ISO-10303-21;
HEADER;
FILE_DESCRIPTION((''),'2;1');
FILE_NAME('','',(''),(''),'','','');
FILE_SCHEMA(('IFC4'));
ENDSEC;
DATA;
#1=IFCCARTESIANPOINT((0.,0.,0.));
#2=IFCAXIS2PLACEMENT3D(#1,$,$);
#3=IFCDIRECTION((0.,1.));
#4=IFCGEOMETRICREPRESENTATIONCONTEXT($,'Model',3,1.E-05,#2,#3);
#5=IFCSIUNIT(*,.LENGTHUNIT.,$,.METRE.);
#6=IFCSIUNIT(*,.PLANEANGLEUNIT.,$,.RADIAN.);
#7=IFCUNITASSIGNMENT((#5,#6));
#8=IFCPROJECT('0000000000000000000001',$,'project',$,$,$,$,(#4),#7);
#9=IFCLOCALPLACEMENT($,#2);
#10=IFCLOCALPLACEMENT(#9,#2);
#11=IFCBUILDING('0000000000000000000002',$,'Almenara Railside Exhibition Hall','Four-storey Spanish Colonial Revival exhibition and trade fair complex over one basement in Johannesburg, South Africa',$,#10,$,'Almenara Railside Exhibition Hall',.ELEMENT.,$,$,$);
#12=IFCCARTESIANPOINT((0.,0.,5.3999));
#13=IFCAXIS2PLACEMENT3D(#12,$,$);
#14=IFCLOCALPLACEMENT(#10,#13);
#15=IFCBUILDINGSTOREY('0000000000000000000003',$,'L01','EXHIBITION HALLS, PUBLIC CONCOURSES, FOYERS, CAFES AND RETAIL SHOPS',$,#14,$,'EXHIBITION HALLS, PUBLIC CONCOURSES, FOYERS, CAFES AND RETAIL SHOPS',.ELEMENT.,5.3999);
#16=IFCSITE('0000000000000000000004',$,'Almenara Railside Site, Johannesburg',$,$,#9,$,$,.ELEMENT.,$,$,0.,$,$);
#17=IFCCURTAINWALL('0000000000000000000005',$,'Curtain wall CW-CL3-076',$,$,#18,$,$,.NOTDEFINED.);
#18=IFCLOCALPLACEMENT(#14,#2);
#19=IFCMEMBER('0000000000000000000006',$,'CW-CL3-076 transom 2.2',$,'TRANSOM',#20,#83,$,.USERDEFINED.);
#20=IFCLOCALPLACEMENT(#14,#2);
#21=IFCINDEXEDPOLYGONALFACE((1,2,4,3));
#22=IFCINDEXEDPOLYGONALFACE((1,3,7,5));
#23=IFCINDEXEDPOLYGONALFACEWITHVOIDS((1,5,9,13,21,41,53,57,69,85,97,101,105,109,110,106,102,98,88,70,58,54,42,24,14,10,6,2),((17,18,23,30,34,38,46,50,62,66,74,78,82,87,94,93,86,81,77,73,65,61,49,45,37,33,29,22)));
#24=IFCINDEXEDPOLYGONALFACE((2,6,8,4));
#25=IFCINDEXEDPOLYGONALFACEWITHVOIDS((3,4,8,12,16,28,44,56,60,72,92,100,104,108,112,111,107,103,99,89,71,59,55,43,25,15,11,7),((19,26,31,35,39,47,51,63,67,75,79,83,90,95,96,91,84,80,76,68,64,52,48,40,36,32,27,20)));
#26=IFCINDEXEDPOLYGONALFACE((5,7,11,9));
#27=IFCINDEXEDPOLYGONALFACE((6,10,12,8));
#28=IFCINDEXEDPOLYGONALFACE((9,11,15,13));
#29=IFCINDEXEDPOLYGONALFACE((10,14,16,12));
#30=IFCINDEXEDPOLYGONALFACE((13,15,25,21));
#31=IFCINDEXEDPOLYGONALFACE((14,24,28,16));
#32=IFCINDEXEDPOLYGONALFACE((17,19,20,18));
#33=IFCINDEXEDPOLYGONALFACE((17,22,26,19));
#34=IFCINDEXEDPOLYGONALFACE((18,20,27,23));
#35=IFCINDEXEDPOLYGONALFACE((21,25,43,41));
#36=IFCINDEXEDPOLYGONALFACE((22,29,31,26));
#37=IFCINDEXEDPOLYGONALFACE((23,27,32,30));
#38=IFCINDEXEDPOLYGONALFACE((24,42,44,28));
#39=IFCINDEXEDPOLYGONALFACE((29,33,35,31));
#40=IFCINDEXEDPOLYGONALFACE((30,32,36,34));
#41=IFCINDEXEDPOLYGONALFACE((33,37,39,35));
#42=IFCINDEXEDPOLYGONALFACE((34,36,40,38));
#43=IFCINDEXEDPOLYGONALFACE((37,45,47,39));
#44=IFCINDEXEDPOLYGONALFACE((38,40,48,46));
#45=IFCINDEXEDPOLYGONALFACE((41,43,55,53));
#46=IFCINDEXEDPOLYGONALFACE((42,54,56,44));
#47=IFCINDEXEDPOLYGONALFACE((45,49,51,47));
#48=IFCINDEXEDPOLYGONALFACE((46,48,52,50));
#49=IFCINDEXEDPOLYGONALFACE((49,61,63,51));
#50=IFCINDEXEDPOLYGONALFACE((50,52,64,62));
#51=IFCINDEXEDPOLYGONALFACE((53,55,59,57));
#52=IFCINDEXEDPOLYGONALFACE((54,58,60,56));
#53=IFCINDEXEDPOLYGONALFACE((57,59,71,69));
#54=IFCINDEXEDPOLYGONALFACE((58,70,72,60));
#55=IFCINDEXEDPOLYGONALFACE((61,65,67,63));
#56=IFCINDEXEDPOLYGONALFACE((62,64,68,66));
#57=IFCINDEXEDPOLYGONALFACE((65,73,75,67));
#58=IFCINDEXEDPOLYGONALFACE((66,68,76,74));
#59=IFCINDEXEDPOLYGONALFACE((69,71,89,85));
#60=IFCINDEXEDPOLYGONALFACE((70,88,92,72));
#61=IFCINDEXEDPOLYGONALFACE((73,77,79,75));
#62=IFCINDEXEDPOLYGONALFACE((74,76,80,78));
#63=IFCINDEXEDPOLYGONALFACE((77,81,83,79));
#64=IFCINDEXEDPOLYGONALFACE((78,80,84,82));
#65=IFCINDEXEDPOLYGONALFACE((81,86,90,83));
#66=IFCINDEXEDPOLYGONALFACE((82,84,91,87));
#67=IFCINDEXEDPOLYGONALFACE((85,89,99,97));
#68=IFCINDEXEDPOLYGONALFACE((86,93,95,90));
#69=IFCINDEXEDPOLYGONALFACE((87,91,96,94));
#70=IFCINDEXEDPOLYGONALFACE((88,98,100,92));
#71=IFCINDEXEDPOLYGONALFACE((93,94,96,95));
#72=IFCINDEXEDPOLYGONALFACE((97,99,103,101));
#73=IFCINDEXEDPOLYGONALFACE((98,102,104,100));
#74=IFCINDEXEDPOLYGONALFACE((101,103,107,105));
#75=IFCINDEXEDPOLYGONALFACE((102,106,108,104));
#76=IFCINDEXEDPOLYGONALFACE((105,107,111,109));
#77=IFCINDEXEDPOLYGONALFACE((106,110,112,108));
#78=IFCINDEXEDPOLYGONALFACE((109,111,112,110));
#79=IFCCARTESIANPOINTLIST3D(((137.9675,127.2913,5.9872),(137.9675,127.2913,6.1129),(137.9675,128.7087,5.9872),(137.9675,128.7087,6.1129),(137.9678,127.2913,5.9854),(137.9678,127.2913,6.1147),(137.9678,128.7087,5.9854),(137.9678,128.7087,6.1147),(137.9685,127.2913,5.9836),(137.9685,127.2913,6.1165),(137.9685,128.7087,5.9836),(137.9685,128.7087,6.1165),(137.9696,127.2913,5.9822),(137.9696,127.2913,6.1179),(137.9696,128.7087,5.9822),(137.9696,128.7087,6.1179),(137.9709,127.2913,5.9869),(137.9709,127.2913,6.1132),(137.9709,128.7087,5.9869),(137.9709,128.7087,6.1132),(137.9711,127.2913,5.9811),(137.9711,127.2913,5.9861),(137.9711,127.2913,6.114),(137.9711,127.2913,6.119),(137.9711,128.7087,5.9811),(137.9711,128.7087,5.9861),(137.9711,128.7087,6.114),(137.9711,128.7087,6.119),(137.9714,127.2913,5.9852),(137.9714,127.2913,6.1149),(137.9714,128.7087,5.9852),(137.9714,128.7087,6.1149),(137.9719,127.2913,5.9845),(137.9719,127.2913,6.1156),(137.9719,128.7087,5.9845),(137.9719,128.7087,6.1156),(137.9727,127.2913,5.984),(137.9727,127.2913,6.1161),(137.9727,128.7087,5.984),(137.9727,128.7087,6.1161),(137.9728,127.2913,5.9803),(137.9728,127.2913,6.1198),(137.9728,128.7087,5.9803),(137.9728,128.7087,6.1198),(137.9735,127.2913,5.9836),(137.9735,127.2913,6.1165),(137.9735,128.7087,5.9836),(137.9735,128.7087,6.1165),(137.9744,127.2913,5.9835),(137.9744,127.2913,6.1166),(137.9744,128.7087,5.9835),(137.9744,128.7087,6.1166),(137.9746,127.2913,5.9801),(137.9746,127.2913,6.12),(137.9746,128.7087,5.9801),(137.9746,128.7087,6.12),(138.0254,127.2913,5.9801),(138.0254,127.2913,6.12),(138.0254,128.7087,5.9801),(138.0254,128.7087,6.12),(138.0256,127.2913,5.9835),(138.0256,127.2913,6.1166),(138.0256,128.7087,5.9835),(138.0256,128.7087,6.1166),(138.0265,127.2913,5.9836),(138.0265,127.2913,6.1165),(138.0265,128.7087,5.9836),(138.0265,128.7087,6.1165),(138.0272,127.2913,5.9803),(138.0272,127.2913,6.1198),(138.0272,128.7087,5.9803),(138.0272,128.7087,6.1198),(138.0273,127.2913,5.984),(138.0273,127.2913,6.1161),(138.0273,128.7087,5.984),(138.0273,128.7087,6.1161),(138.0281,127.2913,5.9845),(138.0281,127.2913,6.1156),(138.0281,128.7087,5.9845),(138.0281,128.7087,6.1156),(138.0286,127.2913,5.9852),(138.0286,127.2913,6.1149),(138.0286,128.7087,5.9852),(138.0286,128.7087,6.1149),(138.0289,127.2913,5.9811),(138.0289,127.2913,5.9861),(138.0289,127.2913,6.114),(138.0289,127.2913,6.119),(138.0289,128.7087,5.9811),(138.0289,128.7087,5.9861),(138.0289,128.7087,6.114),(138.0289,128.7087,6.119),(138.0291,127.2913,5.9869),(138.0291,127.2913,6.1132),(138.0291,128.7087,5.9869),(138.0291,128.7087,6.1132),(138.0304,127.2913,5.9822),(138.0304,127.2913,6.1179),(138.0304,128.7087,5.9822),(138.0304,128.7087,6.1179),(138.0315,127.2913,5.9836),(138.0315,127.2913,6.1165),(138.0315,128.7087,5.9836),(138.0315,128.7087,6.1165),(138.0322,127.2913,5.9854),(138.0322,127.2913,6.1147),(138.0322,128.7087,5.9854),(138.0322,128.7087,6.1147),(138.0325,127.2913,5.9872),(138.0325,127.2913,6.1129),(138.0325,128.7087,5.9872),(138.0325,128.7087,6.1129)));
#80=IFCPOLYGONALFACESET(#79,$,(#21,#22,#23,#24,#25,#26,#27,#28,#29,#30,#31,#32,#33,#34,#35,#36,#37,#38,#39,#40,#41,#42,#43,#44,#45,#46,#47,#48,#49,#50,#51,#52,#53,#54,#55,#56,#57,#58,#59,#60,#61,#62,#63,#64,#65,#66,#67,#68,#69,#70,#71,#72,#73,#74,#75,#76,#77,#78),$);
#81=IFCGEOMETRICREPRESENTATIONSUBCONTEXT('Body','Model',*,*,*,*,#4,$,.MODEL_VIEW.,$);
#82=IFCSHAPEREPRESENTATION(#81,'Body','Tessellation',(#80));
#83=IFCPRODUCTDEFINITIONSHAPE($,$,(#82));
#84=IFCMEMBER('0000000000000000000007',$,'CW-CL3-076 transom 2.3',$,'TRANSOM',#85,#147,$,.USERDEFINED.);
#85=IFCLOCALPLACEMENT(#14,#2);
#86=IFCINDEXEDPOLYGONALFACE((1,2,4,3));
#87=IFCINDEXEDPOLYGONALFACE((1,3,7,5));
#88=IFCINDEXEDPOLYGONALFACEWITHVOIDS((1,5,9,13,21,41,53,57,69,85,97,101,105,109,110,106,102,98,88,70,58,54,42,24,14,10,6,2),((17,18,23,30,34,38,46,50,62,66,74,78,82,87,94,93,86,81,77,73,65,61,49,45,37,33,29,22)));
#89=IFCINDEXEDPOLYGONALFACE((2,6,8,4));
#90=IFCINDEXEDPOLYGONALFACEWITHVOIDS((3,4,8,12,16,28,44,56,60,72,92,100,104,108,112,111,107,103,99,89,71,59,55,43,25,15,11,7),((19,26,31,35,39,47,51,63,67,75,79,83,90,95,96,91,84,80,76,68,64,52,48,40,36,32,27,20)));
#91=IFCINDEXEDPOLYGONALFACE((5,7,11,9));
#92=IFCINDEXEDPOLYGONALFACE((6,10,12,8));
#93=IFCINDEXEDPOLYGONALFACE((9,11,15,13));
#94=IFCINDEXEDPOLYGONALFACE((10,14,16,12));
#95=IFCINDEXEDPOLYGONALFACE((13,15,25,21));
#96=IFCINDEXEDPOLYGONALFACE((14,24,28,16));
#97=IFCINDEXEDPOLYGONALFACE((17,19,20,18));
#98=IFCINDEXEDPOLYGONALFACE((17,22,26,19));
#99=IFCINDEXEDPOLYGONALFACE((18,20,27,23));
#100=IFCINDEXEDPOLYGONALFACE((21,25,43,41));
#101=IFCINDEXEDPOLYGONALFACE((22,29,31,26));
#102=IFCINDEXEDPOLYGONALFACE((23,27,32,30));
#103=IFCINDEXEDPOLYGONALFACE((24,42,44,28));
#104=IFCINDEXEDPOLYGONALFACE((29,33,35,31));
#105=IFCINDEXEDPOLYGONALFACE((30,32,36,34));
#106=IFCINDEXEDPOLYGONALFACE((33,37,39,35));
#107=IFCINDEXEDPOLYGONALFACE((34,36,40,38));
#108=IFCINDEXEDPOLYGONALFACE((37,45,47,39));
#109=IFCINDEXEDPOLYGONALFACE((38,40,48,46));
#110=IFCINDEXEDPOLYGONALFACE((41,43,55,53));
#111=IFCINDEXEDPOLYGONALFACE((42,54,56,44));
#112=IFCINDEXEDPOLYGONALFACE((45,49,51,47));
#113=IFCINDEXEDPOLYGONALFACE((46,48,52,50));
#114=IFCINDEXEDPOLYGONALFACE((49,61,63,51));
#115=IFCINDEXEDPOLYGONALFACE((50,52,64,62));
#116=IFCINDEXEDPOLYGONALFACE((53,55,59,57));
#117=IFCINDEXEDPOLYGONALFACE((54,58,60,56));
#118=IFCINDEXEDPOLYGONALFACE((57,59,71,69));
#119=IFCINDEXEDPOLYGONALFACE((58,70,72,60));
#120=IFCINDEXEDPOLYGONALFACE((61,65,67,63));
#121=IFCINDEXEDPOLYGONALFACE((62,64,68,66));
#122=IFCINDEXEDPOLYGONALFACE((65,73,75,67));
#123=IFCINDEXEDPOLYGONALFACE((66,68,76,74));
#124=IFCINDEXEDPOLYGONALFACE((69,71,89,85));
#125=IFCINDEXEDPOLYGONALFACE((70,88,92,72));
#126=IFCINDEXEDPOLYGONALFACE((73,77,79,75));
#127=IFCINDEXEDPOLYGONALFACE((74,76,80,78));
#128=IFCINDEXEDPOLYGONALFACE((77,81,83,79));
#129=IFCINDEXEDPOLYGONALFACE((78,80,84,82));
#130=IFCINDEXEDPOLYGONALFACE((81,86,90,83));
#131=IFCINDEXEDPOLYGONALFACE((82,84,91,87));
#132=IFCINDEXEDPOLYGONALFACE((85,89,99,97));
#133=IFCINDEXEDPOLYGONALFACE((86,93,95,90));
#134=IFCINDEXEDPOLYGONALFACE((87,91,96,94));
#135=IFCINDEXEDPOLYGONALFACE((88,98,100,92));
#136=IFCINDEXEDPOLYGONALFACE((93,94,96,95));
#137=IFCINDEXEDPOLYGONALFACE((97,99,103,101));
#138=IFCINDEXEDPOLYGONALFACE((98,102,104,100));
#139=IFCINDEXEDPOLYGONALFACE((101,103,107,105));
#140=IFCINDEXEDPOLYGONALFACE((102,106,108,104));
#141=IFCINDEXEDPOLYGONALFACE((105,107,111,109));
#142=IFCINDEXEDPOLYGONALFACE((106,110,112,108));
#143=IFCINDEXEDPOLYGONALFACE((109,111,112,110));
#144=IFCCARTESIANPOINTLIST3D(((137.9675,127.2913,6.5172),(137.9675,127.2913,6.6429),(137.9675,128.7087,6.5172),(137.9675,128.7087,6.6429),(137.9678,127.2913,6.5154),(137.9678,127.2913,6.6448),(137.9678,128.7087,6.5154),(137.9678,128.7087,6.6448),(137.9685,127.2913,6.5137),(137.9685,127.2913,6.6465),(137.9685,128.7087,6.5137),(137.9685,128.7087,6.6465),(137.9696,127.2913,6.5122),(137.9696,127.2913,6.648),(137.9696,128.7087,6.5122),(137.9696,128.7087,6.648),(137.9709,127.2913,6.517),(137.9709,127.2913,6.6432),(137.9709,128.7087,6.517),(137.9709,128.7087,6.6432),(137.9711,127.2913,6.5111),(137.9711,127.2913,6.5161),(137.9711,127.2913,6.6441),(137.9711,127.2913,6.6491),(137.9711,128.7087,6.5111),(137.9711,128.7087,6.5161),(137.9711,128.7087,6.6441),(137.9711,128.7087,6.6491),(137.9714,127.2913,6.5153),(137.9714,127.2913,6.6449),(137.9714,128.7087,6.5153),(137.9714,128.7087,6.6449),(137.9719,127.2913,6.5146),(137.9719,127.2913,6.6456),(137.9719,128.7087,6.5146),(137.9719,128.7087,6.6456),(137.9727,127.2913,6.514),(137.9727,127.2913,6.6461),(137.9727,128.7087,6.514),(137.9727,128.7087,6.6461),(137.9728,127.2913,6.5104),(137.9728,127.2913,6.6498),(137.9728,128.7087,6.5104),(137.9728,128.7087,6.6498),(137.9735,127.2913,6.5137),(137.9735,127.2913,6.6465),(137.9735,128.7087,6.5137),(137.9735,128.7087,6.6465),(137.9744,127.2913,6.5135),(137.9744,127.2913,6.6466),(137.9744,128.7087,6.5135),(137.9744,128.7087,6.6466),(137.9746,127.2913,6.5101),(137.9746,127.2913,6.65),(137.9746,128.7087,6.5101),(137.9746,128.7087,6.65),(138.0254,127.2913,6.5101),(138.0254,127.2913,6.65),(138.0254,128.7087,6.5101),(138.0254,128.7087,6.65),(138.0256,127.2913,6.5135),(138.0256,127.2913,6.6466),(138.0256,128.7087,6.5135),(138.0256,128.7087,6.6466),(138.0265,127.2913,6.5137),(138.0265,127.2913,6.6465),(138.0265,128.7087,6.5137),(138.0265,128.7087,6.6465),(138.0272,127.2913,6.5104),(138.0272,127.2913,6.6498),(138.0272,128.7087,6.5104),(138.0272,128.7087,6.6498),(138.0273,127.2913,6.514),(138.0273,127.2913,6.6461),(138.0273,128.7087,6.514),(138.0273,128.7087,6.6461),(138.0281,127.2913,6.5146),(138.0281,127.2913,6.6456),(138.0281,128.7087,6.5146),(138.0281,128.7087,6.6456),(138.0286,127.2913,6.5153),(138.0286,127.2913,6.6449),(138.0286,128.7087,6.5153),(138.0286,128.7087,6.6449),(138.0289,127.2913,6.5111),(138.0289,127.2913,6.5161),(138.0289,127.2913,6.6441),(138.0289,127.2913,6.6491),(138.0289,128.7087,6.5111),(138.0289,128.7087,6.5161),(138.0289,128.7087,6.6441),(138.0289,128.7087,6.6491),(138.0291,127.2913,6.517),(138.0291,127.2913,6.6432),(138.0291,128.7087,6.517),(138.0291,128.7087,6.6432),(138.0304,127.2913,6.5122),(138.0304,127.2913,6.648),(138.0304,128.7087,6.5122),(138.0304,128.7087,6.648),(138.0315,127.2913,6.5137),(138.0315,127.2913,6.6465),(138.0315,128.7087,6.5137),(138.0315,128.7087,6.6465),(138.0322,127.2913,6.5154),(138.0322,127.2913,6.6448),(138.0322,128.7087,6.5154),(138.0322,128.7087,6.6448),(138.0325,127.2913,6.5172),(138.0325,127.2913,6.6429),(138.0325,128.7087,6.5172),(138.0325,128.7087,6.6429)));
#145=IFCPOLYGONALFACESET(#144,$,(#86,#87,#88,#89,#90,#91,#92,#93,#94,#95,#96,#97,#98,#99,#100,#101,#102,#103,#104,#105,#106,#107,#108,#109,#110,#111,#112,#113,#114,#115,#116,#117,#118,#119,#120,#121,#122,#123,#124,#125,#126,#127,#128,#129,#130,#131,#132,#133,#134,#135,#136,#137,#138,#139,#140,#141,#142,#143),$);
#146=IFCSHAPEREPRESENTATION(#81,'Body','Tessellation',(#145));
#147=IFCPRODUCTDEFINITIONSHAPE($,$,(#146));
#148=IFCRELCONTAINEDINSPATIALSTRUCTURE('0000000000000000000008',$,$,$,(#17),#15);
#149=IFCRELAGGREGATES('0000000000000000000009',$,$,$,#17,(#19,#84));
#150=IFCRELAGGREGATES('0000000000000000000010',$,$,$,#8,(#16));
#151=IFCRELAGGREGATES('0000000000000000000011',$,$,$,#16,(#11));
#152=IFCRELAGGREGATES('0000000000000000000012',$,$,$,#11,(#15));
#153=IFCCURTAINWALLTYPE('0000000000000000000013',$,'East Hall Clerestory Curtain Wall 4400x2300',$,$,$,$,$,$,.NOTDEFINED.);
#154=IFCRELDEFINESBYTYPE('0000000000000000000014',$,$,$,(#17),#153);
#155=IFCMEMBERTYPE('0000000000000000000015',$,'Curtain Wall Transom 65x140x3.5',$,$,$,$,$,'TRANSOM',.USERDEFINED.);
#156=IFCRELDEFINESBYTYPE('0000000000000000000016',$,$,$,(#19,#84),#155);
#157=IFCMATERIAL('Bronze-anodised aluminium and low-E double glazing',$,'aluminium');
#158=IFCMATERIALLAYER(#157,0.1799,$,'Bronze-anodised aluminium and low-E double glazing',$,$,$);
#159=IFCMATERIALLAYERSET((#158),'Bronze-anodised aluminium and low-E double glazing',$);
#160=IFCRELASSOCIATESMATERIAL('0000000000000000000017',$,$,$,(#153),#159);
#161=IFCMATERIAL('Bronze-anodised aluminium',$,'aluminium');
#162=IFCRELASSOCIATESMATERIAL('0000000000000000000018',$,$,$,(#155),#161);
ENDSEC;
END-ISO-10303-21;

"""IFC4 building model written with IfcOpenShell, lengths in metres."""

from ifc_helpers import new_model, si_unit, direction, frame, origin, origin_2d, place, context, subcontext, project, spatial, hollow_rectangle, extrude, material, layer, layer_set, material_profile, profile_set, type_object, element, aggregate, save


model = new_model("IFC4")

# Units and contexts
model_context = context("Model", 3, precision=1e-05, world=origin(), true_north=direction((0.0, 1.0)))
body_context = subcontext(model_context, "Body", "Model", "MODEL_VIEW")
ifc_project = project(units=[si_unit("LENGTHUNIT", "METRE"), si_unit("PLANEANGLEUNIT", "RADIAN")], contexts=[model_context])

# Site, building, storey
site_placement = place(None, origin())
site = spatial("IfcSite", under=ifc_project, at=site_placement, Name="Almenara Railside Site, Johannesburg", CompositionType="ELEMENT", RefElevation=0.0)
building_placement = place(site_placement, origin())
building = spatial("IfcBuilding", under=site, at=building_placement, Name="Almenara Railside Exhibition Hall", Description="Four-storey Spanish Colonial Revival exhibition and trade fair complex over one basement in Johannesburg, South Africa", LongName="Almenara Railside Exhibition Hall", CompositionType="ELEMENT")
storey_placement = place(building_placement, frame((0.0, 0.0, 5.3999)))
storey = spatial("IfcBuildingStorey", under=building, at=storey_placement, Name="L01", Description="EXHIBITION HALLS, PUBLIC CONCOURSES, FOYERS, CAFES AND RETAIL SHOPS", LongName="EXHIBITION HALLS, PUBLIC CONCOURSES, FOYERS, CAFES AND RETAIL SHOPS", CompositionType="ELEMENT", Elevation=5.3999)

# Curtain wall, members
ifc_material_1 = material(Name="Bronze-anodised aluminium and low-E double glazing", Category="aluminium")
ifc_layer_1 = layer(ifc_material_1, 0.1799, Name="Bronze-anodised aluminium and low-E double glazing")
ifc_layer_set_1 = layer_set([ifc_layer_1], Name="Bronze-anodised aluminium and low-E double glazing")
curtain_wall_type = type_object("IfcCurtainWallType", Name="East Hall Clerestory Curtain Wall 4400x2300", PredefinedType="NOTDEFINED", material=ifc_layer_set_1)
curtain_wall_placement = place(storey_placement, origin())
curtain_wall = element("IfcCurtainWall", 1, at=curtain_wall_placement, inside=storey, type_object=curtain_wall_type, Name="Curtain wall CW-CL3-076", PredefinedType="NOTDEFINED")
ifc_material_2 = material(Name="Bronze-anodised aluminium", Category="aluminium")
ifc_material_profile_1 = material_profile(ifc_material_2, hollow_rectangle(XDim=0.0649, YDim=0.1399, WallThickness=0.0034, InnerFilletRadius=0.0034, OuterFilletRadius=0.0071, at=origin_2d()), Name="ALU-TRN 65x140x3.5")
ifc_profile_set_1 = profile_set([ifc_material_profile_1], Name="Bronze-anodised aluminium")
member_type_1 = type_object("IfcMemberType", Name="Curtain Wall Transom 65x140x3.5", ElementType="TRANSOM", PredefinedType="USERDEFINED", material=ifc_profile_set_1)
member_1_placement = place(storey_placement, frame((138.0, 127.2913, 6.05), z_axis=(0.0, 1.0, 0.0), x_axis=(-1.0, 0.0, 0.0)))
member_1 = element("IfcMember", 2, at=member_1_placement, type_object=member_type_1, Name="CW-CL3-076 transom 2.2", ObjectType="TRANSOM", PredefinedType="USERDEFINED", context=body_context, shape_type="SweptSolid", body=[
    extrude(hollow_rectangle(XDim=0.0649, YDim=0.1399, WallThickness=0.0034, InnerFilletRadius=0.0034, OuterFilletRadius=0.0071, at=origin_2d()), origin(), (0.0, 0.0, 1.0), 1.4175),
])
member_2_placement = place(storey_placement, frame((138.0, 127.2913, 6.5801), z_axis=(0.0, 1.0, 0.0), x_axis=(-1.0, 0.0, 0.0)))
member_2 = element("IfcMember", 3, at=member_2_placement, type_object=member_type_1, Name="CW-CL3-076 transom 2.3", ObjectType="TRANSOM", PredefinedType="USERDEFINED", context=body_context, shape_type="SweptSolid", body=[
    extrude(hollow_rectangle(XDim=0.0649, YDim=0.1399, WallThickness=0.0034, InnerFilletRadius=0.0034, OuterFilletRadius=0.0071, at=origin_2d()), origin(), (0.0, 0.0, 1.0), 1.4175),
])

aggregate(curtain_wall, [member_1, member_2])

save(model, "model.ifc")
